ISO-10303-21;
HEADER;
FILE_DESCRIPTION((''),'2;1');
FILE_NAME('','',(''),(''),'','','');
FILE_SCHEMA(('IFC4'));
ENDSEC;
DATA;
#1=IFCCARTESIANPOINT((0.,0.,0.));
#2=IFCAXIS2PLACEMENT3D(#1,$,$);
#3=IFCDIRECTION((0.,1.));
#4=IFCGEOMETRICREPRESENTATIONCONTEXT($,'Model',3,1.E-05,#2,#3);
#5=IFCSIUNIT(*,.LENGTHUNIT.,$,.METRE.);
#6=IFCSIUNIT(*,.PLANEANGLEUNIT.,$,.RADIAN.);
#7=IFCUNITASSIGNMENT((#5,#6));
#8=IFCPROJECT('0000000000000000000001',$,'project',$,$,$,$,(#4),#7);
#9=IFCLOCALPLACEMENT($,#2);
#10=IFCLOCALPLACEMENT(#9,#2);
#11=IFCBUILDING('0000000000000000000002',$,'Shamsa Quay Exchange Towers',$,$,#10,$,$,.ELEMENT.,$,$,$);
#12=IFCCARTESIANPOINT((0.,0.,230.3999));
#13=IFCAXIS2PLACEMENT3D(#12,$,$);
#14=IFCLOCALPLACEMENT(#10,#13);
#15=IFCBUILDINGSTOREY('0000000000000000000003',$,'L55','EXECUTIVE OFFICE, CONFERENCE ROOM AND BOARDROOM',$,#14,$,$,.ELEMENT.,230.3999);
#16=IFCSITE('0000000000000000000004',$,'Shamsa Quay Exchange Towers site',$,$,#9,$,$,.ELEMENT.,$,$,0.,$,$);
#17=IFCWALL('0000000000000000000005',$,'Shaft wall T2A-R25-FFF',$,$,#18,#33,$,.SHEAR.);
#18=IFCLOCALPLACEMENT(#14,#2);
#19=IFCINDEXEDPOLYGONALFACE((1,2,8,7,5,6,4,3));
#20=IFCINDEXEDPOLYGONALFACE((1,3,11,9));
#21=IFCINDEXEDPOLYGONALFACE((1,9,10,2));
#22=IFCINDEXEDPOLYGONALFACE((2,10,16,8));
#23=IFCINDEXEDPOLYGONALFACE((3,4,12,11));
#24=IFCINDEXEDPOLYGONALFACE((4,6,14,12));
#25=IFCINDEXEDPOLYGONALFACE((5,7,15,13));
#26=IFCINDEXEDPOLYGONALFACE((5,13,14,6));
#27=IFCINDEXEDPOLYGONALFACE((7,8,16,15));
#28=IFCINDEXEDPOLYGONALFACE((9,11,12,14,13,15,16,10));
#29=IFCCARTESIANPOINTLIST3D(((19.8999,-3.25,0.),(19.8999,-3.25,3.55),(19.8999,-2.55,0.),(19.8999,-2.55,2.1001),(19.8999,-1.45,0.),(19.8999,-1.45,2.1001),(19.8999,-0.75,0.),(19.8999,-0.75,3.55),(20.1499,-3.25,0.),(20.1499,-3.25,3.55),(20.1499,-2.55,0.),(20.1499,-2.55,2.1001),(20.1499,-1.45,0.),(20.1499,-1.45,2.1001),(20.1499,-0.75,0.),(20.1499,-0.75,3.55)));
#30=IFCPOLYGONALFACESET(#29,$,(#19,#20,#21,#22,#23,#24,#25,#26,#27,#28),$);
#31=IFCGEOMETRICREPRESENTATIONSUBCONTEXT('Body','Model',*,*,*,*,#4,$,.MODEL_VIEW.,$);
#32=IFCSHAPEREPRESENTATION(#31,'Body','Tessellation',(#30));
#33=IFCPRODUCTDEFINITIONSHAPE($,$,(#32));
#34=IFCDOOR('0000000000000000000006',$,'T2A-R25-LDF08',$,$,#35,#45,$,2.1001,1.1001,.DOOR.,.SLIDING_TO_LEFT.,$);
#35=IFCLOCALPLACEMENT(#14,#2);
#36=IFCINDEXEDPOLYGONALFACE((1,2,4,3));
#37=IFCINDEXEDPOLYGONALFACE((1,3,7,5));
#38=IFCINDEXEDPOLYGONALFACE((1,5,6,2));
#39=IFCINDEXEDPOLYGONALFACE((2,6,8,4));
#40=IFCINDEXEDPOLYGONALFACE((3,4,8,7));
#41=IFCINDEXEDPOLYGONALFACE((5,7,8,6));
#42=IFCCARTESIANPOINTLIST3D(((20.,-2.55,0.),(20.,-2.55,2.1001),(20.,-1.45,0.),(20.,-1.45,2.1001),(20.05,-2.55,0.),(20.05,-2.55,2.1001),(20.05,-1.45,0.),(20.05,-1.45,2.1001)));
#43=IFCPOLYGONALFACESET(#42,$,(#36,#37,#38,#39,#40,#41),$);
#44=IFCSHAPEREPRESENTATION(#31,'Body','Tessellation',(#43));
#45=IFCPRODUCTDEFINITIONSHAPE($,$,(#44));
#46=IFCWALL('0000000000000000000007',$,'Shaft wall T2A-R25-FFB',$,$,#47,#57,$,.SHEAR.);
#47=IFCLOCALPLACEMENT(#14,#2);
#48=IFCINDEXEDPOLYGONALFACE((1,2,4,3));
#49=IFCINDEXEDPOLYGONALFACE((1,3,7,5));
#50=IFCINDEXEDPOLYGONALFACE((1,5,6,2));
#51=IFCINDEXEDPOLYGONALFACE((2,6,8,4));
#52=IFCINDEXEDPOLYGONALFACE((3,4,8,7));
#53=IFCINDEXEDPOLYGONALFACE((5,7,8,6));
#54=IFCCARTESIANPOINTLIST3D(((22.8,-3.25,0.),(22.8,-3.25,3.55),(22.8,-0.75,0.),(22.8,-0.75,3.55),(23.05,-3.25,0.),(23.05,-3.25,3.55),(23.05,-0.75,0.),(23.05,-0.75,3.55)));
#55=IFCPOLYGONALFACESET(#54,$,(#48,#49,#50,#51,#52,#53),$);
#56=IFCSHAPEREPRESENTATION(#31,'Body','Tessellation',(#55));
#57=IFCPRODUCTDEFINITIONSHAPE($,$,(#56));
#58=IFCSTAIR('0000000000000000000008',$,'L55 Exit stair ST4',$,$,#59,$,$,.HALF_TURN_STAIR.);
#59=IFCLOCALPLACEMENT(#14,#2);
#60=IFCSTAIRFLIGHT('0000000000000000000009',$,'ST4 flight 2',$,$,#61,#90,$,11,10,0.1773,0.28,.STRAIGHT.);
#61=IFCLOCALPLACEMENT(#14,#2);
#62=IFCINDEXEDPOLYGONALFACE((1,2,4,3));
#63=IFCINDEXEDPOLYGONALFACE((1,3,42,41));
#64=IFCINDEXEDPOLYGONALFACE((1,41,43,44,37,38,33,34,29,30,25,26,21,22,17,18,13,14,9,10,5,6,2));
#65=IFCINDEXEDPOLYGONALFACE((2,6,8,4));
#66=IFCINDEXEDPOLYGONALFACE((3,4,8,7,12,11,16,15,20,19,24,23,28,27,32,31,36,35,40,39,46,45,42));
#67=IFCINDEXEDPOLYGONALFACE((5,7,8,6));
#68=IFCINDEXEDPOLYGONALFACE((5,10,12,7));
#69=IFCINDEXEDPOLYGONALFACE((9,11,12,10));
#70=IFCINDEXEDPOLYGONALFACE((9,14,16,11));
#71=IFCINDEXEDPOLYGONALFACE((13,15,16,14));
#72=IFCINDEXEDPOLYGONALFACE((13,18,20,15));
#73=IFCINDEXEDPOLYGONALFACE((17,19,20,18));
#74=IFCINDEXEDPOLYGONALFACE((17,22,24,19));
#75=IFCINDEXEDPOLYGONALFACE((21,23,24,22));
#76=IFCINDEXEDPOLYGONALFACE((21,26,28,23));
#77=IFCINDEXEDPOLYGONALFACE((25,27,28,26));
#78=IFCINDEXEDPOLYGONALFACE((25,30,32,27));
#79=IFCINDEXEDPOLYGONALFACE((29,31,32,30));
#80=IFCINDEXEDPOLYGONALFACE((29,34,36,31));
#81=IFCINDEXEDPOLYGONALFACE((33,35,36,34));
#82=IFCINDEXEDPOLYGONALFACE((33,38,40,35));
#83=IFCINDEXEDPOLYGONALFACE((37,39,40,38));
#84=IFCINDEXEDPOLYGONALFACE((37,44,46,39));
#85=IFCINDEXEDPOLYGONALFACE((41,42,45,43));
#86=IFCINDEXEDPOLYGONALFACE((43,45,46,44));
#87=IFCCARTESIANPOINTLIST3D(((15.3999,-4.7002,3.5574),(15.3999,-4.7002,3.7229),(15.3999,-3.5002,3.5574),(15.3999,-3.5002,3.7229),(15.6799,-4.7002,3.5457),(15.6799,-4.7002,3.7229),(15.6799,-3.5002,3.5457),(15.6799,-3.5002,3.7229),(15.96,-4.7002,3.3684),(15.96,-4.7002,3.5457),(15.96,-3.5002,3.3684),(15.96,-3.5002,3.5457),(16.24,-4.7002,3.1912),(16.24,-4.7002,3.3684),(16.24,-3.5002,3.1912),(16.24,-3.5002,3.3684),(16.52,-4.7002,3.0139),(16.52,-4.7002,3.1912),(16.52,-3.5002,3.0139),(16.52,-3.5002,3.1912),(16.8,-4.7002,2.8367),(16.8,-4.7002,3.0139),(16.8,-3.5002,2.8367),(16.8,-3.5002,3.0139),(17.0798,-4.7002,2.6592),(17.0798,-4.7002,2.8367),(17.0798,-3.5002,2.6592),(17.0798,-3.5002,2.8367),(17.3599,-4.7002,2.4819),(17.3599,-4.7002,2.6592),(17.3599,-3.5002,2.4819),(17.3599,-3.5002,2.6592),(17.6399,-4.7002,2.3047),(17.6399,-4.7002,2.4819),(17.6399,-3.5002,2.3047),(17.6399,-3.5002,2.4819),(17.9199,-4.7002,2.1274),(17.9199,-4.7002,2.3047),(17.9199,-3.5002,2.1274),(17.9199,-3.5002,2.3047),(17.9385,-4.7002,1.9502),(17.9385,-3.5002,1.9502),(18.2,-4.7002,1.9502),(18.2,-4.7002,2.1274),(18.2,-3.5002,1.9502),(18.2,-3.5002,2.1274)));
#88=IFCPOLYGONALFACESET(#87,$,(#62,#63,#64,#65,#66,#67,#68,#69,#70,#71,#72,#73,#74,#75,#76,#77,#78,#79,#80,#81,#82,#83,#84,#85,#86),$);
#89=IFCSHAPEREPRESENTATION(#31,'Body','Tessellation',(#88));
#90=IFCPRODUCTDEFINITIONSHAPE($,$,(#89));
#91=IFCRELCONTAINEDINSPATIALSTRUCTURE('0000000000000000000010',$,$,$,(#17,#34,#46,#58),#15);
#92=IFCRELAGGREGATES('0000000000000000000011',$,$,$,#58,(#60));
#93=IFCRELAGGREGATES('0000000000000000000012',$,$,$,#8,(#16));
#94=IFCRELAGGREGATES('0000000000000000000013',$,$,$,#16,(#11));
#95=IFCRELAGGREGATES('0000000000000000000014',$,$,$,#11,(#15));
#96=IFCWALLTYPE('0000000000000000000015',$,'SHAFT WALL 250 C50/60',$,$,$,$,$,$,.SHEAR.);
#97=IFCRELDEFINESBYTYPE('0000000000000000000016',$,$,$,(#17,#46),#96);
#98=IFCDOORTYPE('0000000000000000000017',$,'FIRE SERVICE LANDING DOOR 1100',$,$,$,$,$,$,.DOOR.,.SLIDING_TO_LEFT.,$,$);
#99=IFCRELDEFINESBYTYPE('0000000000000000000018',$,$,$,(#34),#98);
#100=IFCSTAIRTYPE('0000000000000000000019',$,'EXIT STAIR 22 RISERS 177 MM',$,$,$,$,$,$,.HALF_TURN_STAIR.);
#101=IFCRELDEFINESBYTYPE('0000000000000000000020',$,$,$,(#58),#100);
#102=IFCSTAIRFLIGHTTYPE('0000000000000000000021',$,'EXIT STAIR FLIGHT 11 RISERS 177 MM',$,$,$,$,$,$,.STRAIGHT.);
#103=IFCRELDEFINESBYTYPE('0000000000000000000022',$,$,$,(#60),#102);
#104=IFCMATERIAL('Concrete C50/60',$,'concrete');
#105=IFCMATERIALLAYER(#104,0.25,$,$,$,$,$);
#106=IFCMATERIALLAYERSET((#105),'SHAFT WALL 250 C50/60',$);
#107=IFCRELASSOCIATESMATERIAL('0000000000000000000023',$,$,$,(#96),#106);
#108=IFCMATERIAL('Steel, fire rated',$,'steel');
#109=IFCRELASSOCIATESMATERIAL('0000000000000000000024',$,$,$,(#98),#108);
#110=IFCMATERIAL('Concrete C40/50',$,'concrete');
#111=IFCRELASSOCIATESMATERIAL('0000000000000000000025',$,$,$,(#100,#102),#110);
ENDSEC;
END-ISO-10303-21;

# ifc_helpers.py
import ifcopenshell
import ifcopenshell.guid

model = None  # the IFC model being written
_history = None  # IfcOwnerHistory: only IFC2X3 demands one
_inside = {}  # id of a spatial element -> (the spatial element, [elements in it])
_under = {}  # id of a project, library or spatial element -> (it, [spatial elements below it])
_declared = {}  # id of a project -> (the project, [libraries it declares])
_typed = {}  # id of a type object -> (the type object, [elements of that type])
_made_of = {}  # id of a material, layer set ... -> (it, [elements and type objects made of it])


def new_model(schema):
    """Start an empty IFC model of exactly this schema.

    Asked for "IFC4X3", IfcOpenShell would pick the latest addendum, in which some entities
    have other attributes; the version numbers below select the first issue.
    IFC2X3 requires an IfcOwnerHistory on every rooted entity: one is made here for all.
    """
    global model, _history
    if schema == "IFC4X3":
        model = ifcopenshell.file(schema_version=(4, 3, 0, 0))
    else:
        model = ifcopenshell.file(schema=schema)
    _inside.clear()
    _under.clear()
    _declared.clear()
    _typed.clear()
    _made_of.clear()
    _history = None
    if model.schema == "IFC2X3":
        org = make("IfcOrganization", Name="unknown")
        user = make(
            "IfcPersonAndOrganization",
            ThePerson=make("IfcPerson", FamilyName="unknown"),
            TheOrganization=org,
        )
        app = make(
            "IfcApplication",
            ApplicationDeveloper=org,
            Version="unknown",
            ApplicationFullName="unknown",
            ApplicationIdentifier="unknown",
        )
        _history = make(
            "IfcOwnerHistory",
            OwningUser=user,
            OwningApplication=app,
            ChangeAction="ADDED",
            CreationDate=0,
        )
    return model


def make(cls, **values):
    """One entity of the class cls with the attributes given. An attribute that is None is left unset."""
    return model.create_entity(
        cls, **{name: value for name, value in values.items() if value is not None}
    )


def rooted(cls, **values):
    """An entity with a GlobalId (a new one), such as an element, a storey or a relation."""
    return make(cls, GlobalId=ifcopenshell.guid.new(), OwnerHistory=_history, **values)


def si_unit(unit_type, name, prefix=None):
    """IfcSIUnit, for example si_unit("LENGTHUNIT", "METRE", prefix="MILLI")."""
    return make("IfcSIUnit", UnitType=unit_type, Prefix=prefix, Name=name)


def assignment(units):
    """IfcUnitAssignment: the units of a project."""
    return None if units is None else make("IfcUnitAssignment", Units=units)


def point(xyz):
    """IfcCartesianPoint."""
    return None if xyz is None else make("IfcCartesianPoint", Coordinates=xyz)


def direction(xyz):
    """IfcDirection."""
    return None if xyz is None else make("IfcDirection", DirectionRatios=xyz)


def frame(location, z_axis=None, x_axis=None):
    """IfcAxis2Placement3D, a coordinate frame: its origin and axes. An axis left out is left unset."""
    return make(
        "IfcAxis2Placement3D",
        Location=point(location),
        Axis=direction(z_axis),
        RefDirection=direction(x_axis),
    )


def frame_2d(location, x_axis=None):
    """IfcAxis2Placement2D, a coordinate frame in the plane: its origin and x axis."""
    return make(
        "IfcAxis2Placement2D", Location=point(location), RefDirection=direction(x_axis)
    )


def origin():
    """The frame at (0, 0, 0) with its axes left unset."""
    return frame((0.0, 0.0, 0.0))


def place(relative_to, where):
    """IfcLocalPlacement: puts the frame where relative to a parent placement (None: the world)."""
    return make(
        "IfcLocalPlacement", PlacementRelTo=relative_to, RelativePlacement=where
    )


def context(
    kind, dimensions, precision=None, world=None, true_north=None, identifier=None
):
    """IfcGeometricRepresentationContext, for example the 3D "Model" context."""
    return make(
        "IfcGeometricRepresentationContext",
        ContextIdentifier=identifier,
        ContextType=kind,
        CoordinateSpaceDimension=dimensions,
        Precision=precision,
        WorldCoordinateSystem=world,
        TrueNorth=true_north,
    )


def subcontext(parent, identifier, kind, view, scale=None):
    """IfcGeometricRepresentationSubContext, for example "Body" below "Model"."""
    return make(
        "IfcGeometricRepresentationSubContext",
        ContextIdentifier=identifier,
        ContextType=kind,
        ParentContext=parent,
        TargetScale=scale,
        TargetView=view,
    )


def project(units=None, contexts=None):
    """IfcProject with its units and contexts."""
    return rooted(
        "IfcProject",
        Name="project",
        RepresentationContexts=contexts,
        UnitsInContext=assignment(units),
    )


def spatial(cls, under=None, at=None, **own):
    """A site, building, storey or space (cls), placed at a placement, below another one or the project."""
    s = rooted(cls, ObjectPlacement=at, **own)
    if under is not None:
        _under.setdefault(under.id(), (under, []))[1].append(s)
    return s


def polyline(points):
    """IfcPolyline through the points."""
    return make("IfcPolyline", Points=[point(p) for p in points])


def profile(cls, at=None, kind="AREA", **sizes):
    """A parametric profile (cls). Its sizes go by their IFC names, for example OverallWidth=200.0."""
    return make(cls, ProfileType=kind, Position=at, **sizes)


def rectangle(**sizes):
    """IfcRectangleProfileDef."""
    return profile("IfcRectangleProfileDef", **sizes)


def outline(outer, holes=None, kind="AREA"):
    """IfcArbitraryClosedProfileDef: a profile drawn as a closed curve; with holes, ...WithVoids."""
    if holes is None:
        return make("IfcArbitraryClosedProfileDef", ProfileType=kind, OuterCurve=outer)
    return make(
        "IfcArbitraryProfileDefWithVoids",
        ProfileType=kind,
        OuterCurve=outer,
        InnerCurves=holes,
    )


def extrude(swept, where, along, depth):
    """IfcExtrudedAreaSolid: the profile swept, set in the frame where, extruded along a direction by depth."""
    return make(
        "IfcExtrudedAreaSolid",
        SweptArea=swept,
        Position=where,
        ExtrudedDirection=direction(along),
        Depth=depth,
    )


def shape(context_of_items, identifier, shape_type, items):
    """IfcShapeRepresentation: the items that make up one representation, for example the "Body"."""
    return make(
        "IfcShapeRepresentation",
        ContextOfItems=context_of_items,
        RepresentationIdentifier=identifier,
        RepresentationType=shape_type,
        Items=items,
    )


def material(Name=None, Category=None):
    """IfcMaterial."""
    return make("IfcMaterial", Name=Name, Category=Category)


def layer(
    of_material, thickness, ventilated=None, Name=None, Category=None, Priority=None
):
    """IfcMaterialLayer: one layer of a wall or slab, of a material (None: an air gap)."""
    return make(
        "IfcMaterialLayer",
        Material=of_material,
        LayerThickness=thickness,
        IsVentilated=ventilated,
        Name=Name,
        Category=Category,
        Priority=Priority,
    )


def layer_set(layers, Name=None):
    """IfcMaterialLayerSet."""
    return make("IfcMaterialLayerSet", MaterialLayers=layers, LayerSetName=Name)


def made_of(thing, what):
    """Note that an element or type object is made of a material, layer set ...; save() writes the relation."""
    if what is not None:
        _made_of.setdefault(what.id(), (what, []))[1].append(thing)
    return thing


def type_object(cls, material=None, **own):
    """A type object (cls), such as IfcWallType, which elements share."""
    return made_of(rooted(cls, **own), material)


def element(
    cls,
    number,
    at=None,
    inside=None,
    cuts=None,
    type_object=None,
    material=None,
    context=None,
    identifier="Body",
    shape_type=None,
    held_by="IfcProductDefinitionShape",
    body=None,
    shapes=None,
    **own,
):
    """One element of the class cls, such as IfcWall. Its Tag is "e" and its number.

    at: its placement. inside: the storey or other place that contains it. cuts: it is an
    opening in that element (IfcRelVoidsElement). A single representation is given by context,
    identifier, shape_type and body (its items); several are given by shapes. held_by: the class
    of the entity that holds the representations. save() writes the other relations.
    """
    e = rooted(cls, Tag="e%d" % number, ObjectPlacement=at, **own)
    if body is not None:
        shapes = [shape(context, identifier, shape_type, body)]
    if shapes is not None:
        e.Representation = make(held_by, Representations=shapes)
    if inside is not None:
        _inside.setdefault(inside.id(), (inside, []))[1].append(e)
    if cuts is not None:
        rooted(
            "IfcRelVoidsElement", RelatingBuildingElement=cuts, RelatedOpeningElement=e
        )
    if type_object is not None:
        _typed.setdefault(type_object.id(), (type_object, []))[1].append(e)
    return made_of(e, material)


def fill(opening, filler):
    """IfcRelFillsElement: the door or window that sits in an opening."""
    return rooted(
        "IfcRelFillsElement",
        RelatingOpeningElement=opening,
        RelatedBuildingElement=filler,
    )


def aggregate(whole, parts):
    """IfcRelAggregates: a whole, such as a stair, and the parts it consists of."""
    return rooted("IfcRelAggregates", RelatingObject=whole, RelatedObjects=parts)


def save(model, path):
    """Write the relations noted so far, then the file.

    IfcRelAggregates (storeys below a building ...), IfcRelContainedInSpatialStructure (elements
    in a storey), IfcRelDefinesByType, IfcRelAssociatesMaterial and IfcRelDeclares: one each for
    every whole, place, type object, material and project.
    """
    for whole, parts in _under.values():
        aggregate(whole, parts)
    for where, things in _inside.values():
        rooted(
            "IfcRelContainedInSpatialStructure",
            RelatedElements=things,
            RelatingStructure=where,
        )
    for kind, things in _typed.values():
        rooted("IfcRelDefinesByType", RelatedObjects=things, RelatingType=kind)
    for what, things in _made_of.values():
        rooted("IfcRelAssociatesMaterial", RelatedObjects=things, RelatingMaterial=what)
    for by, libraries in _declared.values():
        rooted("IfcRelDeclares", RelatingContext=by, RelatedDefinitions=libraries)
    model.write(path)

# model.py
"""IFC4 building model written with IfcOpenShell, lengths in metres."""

from ifc_helpers import new_model, si_unit, direction, frame, frame_2d, origin, place, context, subcontext, project, spatial, polyline, rectangle, outline, extrude, material, layer, layer_set, type_object, element, fill, aggregate, save


model = new_model("IFC4")

# Units and contexts
model_context = context("Model", 3, precision=1e-05, world=origin(), true_north=direction((0.0, 1.0)))
body_context = subcontext(model_context, "Body", "Model", "MODEL_VIEW")
ifc_project = project(units=[si_unit("LENGTHUNIT", "METRE"), si_unit("PLANEANGLEUNIT", "RADIAN")], contexts=[model_context])

# Site, building, storey
site_placement = place(None, origin())
site = spatial("IfcSite", under=ifc_project, at=site_placement, Name="Shamsa Quay Exchange Towers site", CompositionType="ELEMENT", RefElevation=0.0)
building_placement = place(site_placement, origin())
building = spatial("IfcBuilding", under=site, at=building_placement, Name="Shamsa Quay Exchange Towers", CompositionType="ELEMENT")
storey_placement = place(building_placement, frame((0.0, 0.0, 230.3999)))
storey = spatial("IfcBuildingStorey", under=building, at=storey_placement, Name="L55", Description="EXECUTIVE OFFICE, CONFERENCE ROOM AND BOARDROOM", CompositionType="ELEMENT", Elevation=230.3999)

# Shared definitions
ifc_material_1 = material(Name="Concrete C50/60", Category="concrete")
ifc_layer_1 = layer(ifc_material_1, 0.25)
ifc_layer_set_1 = layer_set([ifc_layer_1], Name="SHAFT WALL 250 C50/60")
wall_type_1 = type_object("IfcWallType", Name="SHAFT WALL 250 C50/60", PredefinedType="SHEAR", material=ifc_layer_set_1)
ifc_material_2 = material(Name="Steel, fire rated", Category="steel")

# Wall, opening, door
wall_1_placement = place(storey_placement, frame((20.0249, -3.25, 0.0), z_axis=(0.0, 0.0, 1.0), x_axis=(0.0, 1.0, 0.0)))
wall_1 = element("IfcWall", 1, at=wall_1_placement, inside=storey, type_object=wall_type_1, Name="Shaft wall T2A-R25-FFF", PredefinedType="SHEAR", context=body_context, shape_type="SweptSolid", body=[
    extrude(rectangle(XDim=2.5, YDim=0.25, at=frame_2d((1.25, 0.0))), origin(), (0.0, 0.0, 1.0), 3.55),
])
opening_1_placement = place(wall_1_placement, frame((0.7, 0.0, 0.0)))
opening_1 = element("IfcOpeningElement", 2, at=opening_1_placement, cuts=wall_1, PredefinedType="OPENING", context=body_context, shape_type="SweptSolid", body=[
    extrude(rectangle(XDim=1.1001, YDim=2.1001, at=frame_2d((0.55, 1.05))), frame((0.0, 0.135, 0.0), z_axis=(0.0, -1.0, 0.0), x_axis=(1.0, 0.0, 0.0)), (0.0, 0.0, 1.0), 0.27),
])
door_type_1 = type_object("IfcDoorType", Name="FIRE SERVICE LANDING DOOR 1100", OperationType="SLIDING_TO_LEFT", PredefinedType="DOOR", material=ifc_material_2)
door_1_placement = place(opening_1_placement, origin())
door_1 = element("IfcDoor", 3, at=door_1_placement, inside=storey, type_object=door_type_1, Name="T2A-R25-LDF08", OperationType="SLIDING_TO_LEFT", OverallHeight=2.1001, OverallWidth=1.1001, PredefinedType="DOOR", context=body_context, shape_type="SweptSolid", body=[
    extrude(rectangle(XDim=1.1001, YDim=2.1001, at=frame_2d((0.55, 1.05))), frame((0.0, 0.0249, 0.0), z_axis=(0.0, -1.0, 0.0), x_axis=(1.0, 0.0, 0.0)), (0.0, 0.0, 1.0), 0.05),
])
fill(opening_1, door_1)

# Wall
wall_2_placement = place(storey_placement, frame((22.925, -3.25, 0.0), z_axis=(0.0, 0.0, 1.0), x_axis=(0.0, 1.0, 0.0)))
element("IfcWall", 4, at=wall_2_placement, inside=storey, type_object=wall_type_1, Name="Shaft wall T2A-R25-FFB", PredefinedType="SHEAR", context=body_context, shape_type="SweptSolid", body=[
    extrude(rectangle(XDim=2.5, YDim=0.25, at=frame_2d((1.25, 0.0))), origin(), (0.0, 0.0, 1.0), 3.55),
])

# Stair, stair flight
ifc_material_3 = material(Name="Concrete C40/50", Category="concrete")
stair_type = type_object("IfcStairType", Name="EXIT STAIR 22 RISERS 177 MM", PredefinedType="HALF_TURN_STAIR", material=ifc_material_3)
stair_placement = place(storey_placement, origin())
stair = element("IfcStair", 5, at=stair_placement, inside=storey, type_object=stair_type, Name="L55 Exit stair ST4", PredefinedType="HALF_TURN_STAIR")
stair_flight_type = type_object("IfcStairFlightType", Name="EXIT STAIR FLIGHT 11 RISERS 177 MM", PredefinedType="STRAIGHT", material=ifc_material_3)
stair_flight_placement = place(storey_placement, frame((18.2, -4.1001, 1.9502), z_axis=(0.0, 0.0, 1.0), x_axis=(-1.0, 0.0, 0.0)))
stair_flight = element("IfcStairFlight", 6, at=stair_flight_placement, type_object=stair_flight_type, Name="ST4 flight 2", NumberOfRisers=11, NumberOfTreads=10, PredefinedType="STRAIGHT", RiserHeight=0.1773, TreadLength=0.28, context=body_context, shape_type="SweptSolid", body=[
    extrude(outline(polyline([(0.0, 0.0), (0.0, 0.1772), (0.28, 0.1772), (0.28, 0.3545), (0.5601, 0.3545), (0.5601, 0.5317), (0.8401, 0.5317), (0.8401, 0.709), (1.1201, 0.709), (1.1201, 0.8865), (1.3999, 0.8865), (1.3999, 1.0637), (1.6799, 1.0637), (1.6799, 1.241), (1.96, 1.241), (1.96, 1.4182), (2.24, 1.4182), (2.24, 1.5955), (2.52, 1.5955), (2.52, 1.7727), (2.8, 1.7727), (2.8, 1.95), (2.8, 1.6072), (0.2615, 0.0), (0.0, 0.0)])), frame((0.0, 0.6001, 0.0), z_axis=(0.0, -1.0, 0.0), x_axis=(1.0, 0.0, 0.0)), (0.0, 0.0, 1.0), 1.2),
])
aggregate(stair, [stair_flight])

save(model, "model.ifc")
